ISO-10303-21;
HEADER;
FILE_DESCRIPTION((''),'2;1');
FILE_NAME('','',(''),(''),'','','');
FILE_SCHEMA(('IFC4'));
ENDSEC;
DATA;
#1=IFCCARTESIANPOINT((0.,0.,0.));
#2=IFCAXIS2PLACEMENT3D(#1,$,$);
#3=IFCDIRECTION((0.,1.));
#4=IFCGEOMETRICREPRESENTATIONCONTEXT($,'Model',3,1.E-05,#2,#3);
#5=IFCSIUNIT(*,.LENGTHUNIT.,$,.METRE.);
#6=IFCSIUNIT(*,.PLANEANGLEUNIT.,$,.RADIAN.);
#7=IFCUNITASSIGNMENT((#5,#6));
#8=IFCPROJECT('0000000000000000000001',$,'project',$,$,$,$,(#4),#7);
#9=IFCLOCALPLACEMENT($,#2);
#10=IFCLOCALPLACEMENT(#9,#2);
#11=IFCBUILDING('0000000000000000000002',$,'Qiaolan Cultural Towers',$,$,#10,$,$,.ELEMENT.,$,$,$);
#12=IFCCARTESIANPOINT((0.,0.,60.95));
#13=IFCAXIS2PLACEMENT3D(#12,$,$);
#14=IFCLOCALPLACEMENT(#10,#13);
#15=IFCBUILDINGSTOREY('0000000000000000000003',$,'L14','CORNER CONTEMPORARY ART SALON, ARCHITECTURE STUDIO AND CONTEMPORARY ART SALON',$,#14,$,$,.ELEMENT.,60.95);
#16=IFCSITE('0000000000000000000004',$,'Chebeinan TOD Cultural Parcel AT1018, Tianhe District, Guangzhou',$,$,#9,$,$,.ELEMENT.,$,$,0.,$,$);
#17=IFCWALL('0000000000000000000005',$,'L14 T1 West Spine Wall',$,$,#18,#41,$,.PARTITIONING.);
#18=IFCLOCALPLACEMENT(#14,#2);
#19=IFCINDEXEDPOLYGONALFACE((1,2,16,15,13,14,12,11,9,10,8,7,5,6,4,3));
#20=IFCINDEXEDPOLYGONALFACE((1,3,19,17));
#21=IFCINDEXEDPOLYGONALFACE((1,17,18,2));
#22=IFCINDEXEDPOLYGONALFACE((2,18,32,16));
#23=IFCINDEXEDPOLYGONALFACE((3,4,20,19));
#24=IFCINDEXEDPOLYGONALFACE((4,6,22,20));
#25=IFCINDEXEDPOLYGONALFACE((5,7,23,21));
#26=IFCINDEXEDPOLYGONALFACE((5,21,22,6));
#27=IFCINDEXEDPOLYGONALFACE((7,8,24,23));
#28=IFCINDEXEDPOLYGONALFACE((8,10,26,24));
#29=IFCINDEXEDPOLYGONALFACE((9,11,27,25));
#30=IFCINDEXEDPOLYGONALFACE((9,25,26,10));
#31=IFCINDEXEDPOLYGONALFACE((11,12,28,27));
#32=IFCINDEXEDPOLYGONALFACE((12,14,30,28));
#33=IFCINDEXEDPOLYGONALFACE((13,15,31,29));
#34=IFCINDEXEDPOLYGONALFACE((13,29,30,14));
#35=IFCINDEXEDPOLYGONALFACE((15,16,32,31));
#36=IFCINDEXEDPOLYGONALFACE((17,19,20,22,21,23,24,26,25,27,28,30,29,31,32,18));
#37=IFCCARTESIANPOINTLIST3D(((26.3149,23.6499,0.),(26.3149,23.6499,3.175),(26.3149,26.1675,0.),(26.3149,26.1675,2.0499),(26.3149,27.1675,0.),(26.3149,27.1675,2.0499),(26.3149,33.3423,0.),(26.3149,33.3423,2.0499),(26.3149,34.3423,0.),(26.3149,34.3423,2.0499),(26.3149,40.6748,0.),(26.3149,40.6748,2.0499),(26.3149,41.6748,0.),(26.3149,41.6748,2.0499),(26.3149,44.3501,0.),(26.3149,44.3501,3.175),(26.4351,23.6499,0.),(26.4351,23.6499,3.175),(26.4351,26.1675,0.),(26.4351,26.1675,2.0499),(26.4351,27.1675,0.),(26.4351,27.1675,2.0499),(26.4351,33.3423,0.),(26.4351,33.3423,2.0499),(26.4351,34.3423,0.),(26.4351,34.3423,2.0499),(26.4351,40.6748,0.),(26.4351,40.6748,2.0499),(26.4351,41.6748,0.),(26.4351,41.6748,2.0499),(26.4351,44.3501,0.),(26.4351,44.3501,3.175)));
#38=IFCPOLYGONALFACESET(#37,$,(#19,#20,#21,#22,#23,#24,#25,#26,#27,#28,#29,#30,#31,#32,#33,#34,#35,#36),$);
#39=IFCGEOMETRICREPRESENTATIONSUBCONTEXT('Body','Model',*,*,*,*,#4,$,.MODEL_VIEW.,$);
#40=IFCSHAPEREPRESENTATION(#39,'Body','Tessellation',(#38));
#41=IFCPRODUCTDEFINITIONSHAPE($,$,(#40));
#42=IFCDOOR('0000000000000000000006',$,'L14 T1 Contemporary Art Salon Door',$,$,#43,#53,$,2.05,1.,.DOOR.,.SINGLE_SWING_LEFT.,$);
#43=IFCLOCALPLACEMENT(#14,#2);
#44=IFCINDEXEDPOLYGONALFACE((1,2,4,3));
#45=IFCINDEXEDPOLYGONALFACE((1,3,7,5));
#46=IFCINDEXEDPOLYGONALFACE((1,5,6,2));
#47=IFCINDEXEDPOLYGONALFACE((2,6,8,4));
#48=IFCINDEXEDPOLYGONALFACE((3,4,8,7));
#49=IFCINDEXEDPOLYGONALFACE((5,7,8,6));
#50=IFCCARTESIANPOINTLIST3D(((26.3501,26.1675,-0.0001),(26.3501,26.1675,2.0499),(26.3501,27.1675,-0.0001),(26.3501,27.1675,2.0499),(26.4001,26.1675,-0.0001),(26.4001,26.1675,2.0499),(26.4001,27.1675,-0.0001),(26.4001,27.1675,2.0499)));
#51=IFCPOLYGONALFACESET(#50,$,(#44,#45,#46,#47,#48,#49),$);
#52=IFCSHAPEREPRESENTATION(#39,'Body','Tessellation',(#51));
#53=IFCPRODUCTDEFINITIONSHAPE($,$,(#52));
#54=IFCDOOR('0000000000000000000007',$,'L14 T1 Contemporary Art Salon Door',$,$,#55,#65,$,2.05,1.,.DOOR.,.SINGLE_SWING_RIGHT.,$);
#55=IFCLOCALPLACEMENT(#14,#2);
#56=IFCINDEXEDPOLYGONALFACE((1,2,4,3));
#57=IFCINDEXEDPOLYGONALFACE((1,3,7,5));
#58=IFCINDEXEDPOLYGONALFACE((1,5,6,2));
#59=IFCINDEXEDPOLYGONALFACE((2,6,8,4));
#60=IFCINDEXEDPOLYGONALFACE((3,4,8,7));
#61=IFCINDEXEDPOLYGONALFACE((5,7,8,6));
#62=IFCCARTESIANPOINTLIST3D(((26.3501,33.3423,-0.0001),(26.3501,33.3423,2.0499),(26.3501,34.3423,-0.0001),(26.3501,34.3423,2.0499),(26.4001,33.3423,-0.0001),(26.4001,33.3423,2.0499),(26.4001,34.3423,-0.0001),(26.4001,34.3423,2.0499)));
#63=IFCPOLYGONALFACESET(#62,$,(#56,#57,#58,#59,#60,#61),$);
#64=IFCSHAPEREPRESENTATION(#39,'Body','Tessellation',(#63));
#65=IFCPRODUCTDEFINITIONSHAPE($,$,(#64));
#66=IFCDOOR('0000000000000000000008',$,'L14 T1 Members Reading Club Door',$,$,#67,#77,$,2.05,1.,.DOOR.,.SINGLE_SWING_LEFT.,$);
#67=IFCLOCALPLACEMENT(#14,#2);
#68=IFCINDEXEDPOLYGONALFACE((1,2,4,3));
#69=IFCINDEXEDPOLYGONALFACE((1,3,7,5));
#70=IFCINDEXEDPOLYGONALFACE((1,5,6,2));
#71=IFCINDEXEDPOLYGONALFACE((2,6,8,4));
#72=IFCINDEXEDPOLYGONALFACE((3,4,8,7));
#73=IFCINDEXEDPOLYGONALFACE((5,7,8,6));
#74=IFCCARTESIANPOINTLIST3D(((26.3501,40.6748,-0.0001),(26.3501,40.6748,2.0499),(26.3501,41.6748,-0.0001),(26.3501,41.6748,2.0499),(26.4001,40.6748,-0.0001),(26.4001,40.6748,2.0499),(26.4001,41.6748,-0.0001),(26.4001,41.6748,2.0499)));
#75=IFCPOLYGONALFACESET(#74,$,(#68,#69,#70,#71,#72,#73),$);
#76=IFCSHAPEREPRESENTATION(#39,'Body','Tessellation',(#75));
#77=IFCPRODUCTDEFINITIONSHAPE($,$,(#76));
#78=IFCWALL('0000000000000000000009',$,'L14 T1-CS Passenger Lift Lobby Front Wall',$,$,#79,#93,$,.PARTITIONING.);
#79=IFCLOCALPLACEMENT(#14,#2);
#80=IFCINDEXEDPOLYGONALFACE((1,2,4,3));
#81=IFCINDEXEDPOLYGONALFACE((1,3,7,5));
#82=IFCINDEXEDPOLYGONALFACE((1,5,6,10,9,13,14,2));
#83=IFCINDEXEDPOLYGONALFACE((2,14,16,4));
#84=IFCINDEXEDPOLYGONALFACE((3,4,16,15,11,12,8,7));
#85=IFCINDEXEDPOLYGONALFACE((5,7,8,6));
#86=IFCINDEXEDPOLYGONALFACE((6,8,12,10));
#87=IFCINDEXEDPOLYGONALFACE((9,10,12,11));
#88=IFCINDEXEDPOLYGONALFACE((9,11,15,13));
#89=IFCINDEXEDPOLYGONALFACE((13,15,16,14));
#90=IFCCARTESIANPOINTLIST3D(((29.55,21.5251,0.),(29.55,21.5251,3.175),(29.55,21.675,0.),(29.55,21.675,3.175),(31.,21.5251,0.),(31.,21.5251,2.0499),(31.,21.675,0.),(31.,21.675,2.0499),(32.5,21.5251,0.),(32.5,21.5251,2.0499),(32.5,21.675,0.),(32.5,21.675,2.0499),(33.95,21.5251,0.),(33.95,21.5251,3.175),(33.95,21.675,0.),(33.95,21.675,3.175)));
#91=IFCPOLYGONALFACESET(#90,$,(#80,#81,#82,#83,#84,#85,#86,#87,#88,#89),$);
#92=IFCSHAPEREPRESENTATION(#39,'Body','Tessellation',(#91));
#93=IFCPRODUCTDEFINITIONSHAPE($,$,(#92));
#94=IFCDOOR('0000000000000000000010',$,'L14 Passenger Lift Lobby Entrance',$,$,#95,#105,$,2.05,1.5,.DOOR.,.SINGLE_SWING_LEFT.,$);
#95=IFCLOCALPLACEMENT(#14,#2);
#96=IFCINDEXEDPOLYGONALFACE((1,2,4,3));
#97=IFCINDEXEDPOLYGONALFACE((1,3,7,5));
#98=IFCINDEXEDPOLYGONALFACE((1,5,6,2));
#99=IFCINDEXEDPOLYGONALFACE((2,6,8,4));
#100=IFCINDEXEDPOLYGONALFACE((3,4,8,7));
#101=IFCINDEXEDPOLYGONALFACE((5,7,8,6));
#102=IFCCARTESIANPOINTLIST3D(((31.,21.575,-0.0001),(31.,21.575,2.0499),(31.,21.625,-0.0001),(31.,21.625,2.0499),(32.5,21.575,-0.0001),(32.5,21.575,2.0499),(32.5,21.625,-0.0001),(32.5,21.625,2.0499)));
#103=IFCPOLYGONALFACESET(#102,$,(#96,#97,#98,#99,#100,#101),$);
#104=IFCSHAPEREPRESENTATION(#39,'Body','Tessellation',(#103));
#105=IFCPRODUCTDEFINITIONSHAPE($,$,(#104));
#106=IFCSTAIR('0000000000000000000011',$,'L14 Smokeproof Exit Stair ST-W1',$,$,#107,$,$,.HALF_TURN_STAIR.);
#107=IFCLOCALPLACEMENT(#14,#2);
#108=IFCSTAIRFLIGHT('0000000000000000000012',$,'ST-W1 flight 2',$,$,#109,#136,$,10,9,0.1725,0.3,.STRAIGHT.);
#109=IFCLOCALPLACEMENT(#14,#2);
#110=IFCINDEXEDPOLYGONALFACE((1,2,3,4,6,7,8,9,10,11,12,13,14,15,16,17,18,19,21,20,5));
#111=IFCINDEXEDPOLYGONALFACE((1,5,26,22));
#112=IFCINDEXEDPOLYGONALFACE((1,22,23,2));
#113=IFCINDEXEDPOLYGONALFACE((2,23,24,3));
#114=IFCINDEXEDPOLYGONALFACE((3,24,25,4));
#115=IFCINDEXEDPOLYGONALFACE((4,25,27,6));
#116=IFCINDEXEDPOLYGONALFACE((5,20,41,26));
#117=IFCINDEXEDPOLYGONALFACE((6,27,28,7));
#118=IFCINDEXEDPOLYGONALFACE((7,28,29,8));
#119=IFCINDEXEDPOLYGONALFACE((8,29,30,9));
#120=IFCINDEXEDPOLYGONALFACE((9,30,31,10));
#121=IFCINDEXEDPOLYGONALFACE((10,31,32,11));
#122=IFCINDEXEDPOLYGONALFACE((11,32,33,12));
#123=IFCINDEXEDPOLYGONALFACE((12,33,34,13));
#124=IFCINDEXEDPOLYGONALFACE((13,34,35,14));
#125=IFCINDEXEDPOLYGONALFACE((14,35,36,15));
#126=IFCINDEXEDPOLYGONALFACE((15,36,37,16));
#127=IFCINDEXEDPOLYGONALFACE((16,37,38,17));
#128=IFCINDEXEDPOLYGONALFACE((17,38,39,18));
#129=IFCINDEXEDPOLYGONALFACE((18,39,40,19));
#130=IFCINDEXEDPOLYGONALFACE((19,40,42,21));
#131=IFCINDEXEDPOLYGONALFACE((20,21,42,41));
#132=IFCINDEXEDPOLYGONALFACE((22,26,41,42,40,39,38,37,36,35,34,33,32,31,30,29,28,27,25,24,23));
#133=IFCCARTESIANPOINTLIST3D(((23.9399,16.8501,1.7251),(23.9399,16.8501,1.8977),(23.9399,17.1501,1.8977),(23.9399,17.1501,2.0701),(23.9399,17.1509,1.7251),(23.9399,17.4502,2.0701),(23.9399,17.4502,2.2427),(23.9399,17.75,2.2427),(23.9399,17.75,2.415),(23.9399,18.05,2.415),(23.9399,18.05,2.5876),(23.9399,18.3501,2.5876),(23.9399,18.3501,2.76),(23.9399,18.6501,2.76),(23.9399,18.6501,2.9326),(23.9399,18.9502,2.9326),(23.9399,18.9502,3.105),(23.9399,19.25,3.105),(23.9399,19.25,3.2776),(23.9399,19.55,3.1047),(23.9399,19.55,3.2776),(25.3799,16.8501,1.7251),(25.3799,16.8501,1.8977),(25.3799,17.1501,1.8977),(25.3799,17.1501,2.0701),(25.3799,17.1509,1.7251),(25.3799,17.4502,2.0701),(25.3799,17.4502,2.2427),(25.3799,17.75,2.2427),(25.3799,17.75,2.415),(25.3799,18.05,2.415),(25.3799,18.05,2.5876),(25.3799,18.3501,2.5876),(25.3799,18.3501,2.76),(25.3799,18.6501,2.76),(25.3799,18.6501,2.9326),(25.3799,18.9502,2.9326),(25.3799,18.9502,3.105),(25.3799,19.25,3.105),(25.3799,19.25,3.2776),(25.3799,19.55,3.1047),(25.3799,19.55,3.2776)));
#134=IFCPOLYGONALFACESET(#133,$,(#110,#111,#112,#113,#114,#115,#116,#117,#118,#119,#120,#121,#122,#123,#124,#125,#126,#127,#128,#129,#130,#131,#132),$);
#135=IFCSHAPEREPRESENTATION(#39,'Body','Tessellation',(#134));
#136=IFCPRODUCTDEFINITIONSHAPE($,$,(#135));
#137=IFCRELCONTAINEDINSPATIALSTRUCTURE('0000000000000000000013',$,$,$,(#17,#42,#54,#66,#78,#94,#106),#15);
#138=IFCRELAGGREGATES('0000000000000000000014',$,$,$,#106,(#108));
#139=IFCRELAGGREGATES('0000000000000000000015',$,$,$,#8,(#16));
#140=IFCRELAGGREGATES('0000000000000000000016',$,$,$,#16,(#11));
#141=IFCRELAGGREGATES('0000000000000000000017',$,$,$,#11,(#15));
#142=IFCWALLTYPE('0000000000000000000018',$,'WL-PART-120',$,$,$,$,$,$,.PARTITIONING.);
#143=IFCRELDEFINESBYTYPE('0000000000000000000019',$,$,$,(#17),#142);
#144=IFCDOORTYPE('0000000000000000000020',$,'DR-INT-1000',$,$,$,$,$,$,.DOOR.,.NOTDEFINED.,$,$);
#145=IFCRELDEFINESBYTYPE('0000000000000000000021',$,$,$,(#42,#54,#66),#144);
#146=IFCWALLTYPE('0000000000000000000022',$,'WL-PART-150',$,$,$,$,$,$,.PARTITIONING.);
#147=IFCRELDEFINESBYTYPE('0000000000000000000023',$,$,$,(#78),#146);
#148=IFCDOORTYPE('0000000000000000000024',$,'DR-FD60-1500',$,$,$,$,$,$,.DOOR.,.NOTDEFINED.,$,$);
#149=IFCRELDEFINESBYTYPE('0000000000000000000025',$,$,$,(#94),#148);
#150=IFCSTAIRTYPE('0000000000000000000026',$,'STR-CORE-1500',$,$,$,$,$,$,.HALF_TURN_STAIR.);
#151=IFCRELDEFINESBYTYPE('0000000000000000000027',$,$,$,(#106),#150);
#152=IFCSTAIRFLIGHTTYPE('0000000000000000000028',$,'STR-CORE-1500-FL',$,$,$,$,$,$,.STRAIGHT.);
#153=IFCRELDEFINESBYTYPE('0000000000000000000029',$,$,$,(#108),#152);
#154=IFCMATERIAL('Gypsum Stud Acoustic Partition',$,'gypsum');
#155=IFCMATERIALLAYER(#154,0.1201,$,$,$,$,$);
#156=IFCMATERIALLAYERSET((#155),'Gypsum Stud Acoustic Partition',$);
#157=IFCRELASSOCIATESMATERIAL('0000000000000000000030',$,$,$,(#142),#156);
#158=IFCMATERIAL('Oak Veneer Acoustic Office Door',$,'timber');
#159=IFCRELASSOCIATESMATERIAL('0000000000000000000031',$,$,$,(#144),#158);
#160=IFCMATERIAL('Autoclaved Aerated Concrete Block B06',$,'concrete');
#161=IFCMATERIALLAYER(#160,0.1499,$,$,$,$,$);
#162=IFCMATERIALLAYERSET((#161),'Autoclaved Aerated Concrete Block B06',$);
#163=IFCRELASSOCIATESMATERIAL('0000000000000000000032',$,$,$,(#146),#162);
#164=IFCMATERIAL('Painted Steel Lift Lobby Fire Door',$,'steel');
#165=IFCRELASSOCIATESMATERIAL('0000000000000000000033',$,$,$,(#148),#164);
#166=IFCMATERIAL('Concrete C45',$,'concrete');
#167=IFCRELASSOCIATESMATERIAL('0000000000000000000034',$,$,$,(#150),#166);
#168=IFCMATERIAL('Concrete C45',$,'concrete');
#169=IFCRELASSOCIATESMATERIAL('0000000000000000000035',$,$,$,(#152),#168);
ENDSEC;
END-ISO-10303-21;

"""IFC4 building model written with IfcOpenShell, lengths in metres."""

from ifc_helpers import new_model, si_unit, direction, frame, frame_2d, origin, place, context, subcontext, project, spatial, polyline, rectangle, outline, extrude, material, layer, layer_set, type_object, element, fill, aggregate, save


model = new_model("IFC4")

# Units and contexts
model_context = context("Model", 3, precision=1e-05, world=origin(), true_north=direction((0.0, 1.0)))
body_context = subcontext(model_context, "Body", "Model", "MODEL_VIEW")
ifc_project = project(units=[si_unit("LENGTHUNIT", "METRE"), si_unit("PLANEANGLEUNIT", "RADIAN")], contexts=[model_context])

# Site, building, storey
site_placement = place(None, origin())
site = spatial("IfcSite", under=ifc_project, at=site_placement, Name="Chebeinan TOD Cultural Parcel AT1018, Tianhe District, Guangzhou", CompositionType="ELEMENT", RefElevation=0.0)
building_placement = place(site_placement, origin())
building = spatial("IfcBuilding", under=site, at=building_placement, Name="Qiaolan Cultural Towers", CompositionType="ELEMENT")
storey_placement = place(building_placement, frame((0.0, 0.0, 60.95)))
storey = spatial("IfcBuildingStorey", under=building, at=storey_placement, Name="L14", Description="CORNER CONTEMPORARY ART SALON, ARCHITECTURE STUDIO AND CONTEMPORARY ART SALON", CompositionType="ELEMENT", Elevation=60.95)

# Wall, openings, doors
ifc_material_1 = material(Name="Gypsum Stud Acoustic Partition", Category="gypsum")
ifc_layer_1 = layer(ifc_material_1, 0.1201)
ifc_layer_set_1 = layer_set([ifc_layer_1], Name="Gypsum Stud Acoustic Partition")
wall_type_1 = type_object("IfcWallType", Name="WL-PART-120", PredefinedType="PARTITIONING", material=ifc_layer_set_1)
wall_1_placement = place(storey_placement, frame((26.375, 23.6499, 0.0), z_axis=(0.0, 0.0, 1.0), x_axis=(0.0, 1.0, 0.0)))
wall_1 = element("IfcWall", 1, at=wall_1_placement, inside=storey, type_object=wall_type_1, Name="L14 T1 West Spine Wall", PredefinedType="PARTITIONING", context=body_context, shape_type="SweptSolid", body=[
    extrude(rectangle(XDim=20.7002, YDim=0.1201, at=frame_2d((10.3501, 0.0))), origin(), (0.0, 0.0, 1.0), 3.175),
])
opening_1_placement = place(wall_1_placement, frame((2.5176, 0.0, 0.0)))
opening_1 = element("IfcOpeningElement", 2, at=opening_1_placement, cuts=wall_1, PredefinedType="OPENING", context=body_context, shape_type="SweptSolid", body=[
    extrude(rectangle(XDim=1.0, YDim=2.05, at=frame_2d((0.5, 1.0249))), frame((0.0, 0.0701, 0.0), z_axis=(0.0, -1.0, 0.0), x_axis=(1.0, 0.0, 0.0)), (0.0, 0.0, 1.0), 0.1401),
])
opening_2_placement = place(wall_1_placement, frame((9.6924, 0.0, 0.0)))
opening_2 = element("IfcOpeningElement", 3, at=opening_2_placement, cuts=wall_1, PredefinedType="OPENING", context=body_context, shape_type="SweptSolid", body=[
    extrude(rectangle(XDim=1.0, YDim=2.05, at=frame_2d((0.5, 1.0249))), frame((0.0, 0.0701, 0.0), z_axis=(0.0, -1.0, 0.0), x_axis=(1.0, 0.0, 0.0)), (0.0, 0.0, 1.0), 0.1401),
])
opening_3_placement = place(wall_1_placement, frame((17.0249, 0.0, 0.0)))
opening_3 = element("IfcOpeningElement", 4, at=opening_3_placement, cuts=wall_1, PredefinedType="OPENING", context=body_context, shape_type="SweptSolid", body=[
    extrude(rectangle(XDim=1.0, YDim=2.05, at=frame_2d((0.5, 1.0249))), frame((0.0, 0.0701, 0.0), z_axis=(0.0, -1.0, 0.0), x_axis=(1.0, 0.0, 0.0)), (0.0, 0.0, 1.0), 0.1401),
])
ifc_material_2 = material(Name="Oak Veneer Acoustic Office Door", Category="timber")
door_type_1 = type_object("IfcDoorType", Name="DR-INT-1000", OperationType="NOTDEFINED", PredefinedType="DOOR", material=ifc_material_2)
door_1_placement = place(opening_1_placement, origin())
door_1 = element("IfcDoor", 5, at=door_1_placement, inside=storey, type_object=door_type_1, Name="L14 T1 Contemporary Art Salon Door", OperationType="SINGLE_SWING_LEFT", OverallHeight=2.05, OverallWidth=1.0, PredefinedType="DOOR", context=body_context, shape_type="SweptSolid", body=[
    extrude(rectangle(XDim=1.0, YDim=2.05, at=frame_2d((0.5, 1.0249))), frame((0.0, 0.0249, 0.0), z_axis=(0.0, -1.0, 0.0), x_axis=(1.0, 0.0, 0.0)), (0.0, 0.0, 1.0), 0.05),
])
fill(opening_1, door_1)
door_2_placement = place(opening_2_placement, origin())
door_2 = element("IfcDoor", 6, at=door_2_placement, inside=storey, type_object=door_type_1, Name="L14 T1 Contemporary Art Salon Door", OperationType="SINGLE_SWING_RIGHT", OverallHeight=2.05, OverallWidth=1.0, PredefinedType="DOOR", context=body_context, shape_type="SweptSolid", body=[
    extrude(rectangle(XDim=1.0, YDim=2.05, at=frame_2d((0.5, 1.0249))), frame((0.0, 0.0249, 0.0), z_axis=(0.0, -1.0, 0.0), x_axis=(1.0, 0.0, 0.0)), (0.0, 0.0, 1.0), 0.05),
])
fill(opening_2, door_2)
door_3_placement = place(opening_3_placement, origin())
door_3 = element("IfcDoor", 7, at=door_3_placement, inside=storey, type_object=door_type_1, Name="L14 T1 Members Reading Club Door", OperationType="SINGLE_SWING_LEFT", OverallHeight=2.05, OverallWidth=1.0, PredefinedType="DOOR", context=body_context, shape_type="SweptSolid", body=[
    extrude(rectangle(XDim=1.0, YDim=2.05, at=frame_2d((0.5, 1.0249))), frame((0.0, 0.0249, 0.0), z_axis=(0.0, -1.0, 0.0), x_axis=(1.0, 0.0, 0.0)), (0.0, 0.0, 1.0), 0.05),
])
fill(opening_3, door_3)

# Wall, opening, door
ifc_material_3 = material(Name="Autoclaved Aerated Concrete Block B06", Category="concrete")
ifc_layer_2 = layer(ifc_material_3, 0.1499)
ifc_layer_set_2 = layer_set([ifc_layer_2], Name="Autoclaved Aerated Concrete Block B06")
wall_type_2 = type_object("IfcWallType", Name="WL-PART-150", PredefinedType="PARTITIONING", material=ifc_layer_set_2)
wall_2_placement = place(storey_placement, frame((29.55, 21.6001, 0.0), z_axis=(0.0, 0.0, 1.0), x_axis=(1.0, 0.0, 0.0)))
wall_2 = element("IfcWall", 8, at=wall_2_placement, inside=storey, type_object=wall_type_2, Name="L14 T1-CS Passenger Lift Lobby Front Wall", PredefinedType="PARTITIONING", context=body_context, shape_type="SweptSolid", body=[
    extrude(rectangle(XDim=4.3999, YDim=0.1499, at=frame_2d((2.2, 0.0))), origin(), (0.0, 0.0, 1.0), 3.175),
])
opening_4_placement = place(wall_2_placement, frame((1.45, 0.0, 0.0)))
opening_4 = element("IfcOpeningElement", 9, at=opening_4_placement, cuts=wall_2, PredefinedType="OPENING", context=body_context, shape_type="SweptSolid", body=[
    extrude(rectangle(XDim=1.5, YDim=2.05, at=frame_2d((0.75, 1.0249))), frame((0.0, 0.085, 0.0), z_axis=(0.0, -1.0, 0.0), x_axis=(1.0, 0.0, 0.0)), (0.0, 0.0, 1.0), 0.1699),
])
ifc_material_4 = material(Name="Painted Steel Lift Lobby Fire Door", Category="steel")
door_type_2 = type_object("IfcDoorType", Name="DR-FD60-1500", OperationType="NOTDEFINED", PredefinedType="DOOR", material=ifc_material_4)
door_4_placement = place(opening_4_placement, origin())
door_4 = element("IfcDoor", 10, at=door_4_placement, inside=storey, type_object=door_type_2, Name="L14 Passenger Lift Lobby Entrance", OperationType="SINGLE_SWING_LEFT", OverallHeight=2.05, OverallWidth=1.5, PredefinedType="DOOR", context=body_context, shape_type="SweptSolid", body=[
    extrude(rectangle(XDim=1.5, YDim=2.05, at=frame_2d((0.75, 1.0249))), frame((0.0, 0.0249, 0.0), z_axis=(0.0, -1.0, 0.0), x_axis=(1.0, 0.0, 0.0)), (0.0, 0.0, 1.0), 0.05),
])
fill(opening_4, door_4)

# Stair, stair flight
ifc_material_5 = material(Name="Concrete C45", Category="concrete")
stair_type = type_object("IfcStairType", Name="STR-CORE-1500", PredefinedType="HALF_TURN_STAIR", material=ifc_material_5)
stair_placement = place(storey_placement, origin())
stair = element("IfcStair", 11, at=stair_placement, inside=storey, type_object=stair_type, Name="L14 Smokeproof Exit Stair ST-W1", PredefinedType="HALF_TURN_STAIR")
ifc_material_6 = material(Name="Concrete C45", Category="concrete")
stair_flight_type = type_object("IfcStairFlightType", Name="STR-CORE-1500-FL", PredefinedType="STRAIGHT", material=ifc_material_6)
stair_flight_placement = place(storey_placement, frame((24.6599, 16.8501, 1.7251), z_axis=(0.0, 0.0, 1.0), x_axis=(0.0, 1.0, 0.0)))
stair_flight = element("IfcStairFlight", 12, at=stair_flight_placement, type_object=stair_flight_type, Name="ST-W1 flight 2", NumberOfRisers=10, NumberOfTreads=9, PredefinedType="STRAIGHT", RiserHeight=0.1725, TreadLength=0.3, context=body_context, shape_type="SweptSolid", body=[
    extrude(outline(polyline([(0.0, 0.0), (0.0, 0.1726), (0.3, 0.1726), (0.3, 0.345), (0.6001, 0.345), (0.6001, 0.5176), (0.8999, 0.5176), (0.8999, 0.6899), (1.2, 0.6899), (1.2, 0.8625), (1.5, 0.8625), (1.5, 1.0349), (1.8, 1.0349), (1.8, 1.2075), (2.1001, 1.2075), (2.1001, 1.3799), (2.3999, 1.3799), (2.3999, 1.5525), (2.7, 1.5525), (2.7, 1.7251), (2.7, 1.3796), (0.3008, 0.0), (0.0, 0.0)])), frame((0.0, 0.72, 0.0), z_axis=(0.0, -1.0, 0.0), x_axis=(1.0, 0.0, 0.0)), (0.0, 0.0, 1.0), 1.4399),
])
aggregate(stair, [stair_flight])

save(model, "model.ifc")
